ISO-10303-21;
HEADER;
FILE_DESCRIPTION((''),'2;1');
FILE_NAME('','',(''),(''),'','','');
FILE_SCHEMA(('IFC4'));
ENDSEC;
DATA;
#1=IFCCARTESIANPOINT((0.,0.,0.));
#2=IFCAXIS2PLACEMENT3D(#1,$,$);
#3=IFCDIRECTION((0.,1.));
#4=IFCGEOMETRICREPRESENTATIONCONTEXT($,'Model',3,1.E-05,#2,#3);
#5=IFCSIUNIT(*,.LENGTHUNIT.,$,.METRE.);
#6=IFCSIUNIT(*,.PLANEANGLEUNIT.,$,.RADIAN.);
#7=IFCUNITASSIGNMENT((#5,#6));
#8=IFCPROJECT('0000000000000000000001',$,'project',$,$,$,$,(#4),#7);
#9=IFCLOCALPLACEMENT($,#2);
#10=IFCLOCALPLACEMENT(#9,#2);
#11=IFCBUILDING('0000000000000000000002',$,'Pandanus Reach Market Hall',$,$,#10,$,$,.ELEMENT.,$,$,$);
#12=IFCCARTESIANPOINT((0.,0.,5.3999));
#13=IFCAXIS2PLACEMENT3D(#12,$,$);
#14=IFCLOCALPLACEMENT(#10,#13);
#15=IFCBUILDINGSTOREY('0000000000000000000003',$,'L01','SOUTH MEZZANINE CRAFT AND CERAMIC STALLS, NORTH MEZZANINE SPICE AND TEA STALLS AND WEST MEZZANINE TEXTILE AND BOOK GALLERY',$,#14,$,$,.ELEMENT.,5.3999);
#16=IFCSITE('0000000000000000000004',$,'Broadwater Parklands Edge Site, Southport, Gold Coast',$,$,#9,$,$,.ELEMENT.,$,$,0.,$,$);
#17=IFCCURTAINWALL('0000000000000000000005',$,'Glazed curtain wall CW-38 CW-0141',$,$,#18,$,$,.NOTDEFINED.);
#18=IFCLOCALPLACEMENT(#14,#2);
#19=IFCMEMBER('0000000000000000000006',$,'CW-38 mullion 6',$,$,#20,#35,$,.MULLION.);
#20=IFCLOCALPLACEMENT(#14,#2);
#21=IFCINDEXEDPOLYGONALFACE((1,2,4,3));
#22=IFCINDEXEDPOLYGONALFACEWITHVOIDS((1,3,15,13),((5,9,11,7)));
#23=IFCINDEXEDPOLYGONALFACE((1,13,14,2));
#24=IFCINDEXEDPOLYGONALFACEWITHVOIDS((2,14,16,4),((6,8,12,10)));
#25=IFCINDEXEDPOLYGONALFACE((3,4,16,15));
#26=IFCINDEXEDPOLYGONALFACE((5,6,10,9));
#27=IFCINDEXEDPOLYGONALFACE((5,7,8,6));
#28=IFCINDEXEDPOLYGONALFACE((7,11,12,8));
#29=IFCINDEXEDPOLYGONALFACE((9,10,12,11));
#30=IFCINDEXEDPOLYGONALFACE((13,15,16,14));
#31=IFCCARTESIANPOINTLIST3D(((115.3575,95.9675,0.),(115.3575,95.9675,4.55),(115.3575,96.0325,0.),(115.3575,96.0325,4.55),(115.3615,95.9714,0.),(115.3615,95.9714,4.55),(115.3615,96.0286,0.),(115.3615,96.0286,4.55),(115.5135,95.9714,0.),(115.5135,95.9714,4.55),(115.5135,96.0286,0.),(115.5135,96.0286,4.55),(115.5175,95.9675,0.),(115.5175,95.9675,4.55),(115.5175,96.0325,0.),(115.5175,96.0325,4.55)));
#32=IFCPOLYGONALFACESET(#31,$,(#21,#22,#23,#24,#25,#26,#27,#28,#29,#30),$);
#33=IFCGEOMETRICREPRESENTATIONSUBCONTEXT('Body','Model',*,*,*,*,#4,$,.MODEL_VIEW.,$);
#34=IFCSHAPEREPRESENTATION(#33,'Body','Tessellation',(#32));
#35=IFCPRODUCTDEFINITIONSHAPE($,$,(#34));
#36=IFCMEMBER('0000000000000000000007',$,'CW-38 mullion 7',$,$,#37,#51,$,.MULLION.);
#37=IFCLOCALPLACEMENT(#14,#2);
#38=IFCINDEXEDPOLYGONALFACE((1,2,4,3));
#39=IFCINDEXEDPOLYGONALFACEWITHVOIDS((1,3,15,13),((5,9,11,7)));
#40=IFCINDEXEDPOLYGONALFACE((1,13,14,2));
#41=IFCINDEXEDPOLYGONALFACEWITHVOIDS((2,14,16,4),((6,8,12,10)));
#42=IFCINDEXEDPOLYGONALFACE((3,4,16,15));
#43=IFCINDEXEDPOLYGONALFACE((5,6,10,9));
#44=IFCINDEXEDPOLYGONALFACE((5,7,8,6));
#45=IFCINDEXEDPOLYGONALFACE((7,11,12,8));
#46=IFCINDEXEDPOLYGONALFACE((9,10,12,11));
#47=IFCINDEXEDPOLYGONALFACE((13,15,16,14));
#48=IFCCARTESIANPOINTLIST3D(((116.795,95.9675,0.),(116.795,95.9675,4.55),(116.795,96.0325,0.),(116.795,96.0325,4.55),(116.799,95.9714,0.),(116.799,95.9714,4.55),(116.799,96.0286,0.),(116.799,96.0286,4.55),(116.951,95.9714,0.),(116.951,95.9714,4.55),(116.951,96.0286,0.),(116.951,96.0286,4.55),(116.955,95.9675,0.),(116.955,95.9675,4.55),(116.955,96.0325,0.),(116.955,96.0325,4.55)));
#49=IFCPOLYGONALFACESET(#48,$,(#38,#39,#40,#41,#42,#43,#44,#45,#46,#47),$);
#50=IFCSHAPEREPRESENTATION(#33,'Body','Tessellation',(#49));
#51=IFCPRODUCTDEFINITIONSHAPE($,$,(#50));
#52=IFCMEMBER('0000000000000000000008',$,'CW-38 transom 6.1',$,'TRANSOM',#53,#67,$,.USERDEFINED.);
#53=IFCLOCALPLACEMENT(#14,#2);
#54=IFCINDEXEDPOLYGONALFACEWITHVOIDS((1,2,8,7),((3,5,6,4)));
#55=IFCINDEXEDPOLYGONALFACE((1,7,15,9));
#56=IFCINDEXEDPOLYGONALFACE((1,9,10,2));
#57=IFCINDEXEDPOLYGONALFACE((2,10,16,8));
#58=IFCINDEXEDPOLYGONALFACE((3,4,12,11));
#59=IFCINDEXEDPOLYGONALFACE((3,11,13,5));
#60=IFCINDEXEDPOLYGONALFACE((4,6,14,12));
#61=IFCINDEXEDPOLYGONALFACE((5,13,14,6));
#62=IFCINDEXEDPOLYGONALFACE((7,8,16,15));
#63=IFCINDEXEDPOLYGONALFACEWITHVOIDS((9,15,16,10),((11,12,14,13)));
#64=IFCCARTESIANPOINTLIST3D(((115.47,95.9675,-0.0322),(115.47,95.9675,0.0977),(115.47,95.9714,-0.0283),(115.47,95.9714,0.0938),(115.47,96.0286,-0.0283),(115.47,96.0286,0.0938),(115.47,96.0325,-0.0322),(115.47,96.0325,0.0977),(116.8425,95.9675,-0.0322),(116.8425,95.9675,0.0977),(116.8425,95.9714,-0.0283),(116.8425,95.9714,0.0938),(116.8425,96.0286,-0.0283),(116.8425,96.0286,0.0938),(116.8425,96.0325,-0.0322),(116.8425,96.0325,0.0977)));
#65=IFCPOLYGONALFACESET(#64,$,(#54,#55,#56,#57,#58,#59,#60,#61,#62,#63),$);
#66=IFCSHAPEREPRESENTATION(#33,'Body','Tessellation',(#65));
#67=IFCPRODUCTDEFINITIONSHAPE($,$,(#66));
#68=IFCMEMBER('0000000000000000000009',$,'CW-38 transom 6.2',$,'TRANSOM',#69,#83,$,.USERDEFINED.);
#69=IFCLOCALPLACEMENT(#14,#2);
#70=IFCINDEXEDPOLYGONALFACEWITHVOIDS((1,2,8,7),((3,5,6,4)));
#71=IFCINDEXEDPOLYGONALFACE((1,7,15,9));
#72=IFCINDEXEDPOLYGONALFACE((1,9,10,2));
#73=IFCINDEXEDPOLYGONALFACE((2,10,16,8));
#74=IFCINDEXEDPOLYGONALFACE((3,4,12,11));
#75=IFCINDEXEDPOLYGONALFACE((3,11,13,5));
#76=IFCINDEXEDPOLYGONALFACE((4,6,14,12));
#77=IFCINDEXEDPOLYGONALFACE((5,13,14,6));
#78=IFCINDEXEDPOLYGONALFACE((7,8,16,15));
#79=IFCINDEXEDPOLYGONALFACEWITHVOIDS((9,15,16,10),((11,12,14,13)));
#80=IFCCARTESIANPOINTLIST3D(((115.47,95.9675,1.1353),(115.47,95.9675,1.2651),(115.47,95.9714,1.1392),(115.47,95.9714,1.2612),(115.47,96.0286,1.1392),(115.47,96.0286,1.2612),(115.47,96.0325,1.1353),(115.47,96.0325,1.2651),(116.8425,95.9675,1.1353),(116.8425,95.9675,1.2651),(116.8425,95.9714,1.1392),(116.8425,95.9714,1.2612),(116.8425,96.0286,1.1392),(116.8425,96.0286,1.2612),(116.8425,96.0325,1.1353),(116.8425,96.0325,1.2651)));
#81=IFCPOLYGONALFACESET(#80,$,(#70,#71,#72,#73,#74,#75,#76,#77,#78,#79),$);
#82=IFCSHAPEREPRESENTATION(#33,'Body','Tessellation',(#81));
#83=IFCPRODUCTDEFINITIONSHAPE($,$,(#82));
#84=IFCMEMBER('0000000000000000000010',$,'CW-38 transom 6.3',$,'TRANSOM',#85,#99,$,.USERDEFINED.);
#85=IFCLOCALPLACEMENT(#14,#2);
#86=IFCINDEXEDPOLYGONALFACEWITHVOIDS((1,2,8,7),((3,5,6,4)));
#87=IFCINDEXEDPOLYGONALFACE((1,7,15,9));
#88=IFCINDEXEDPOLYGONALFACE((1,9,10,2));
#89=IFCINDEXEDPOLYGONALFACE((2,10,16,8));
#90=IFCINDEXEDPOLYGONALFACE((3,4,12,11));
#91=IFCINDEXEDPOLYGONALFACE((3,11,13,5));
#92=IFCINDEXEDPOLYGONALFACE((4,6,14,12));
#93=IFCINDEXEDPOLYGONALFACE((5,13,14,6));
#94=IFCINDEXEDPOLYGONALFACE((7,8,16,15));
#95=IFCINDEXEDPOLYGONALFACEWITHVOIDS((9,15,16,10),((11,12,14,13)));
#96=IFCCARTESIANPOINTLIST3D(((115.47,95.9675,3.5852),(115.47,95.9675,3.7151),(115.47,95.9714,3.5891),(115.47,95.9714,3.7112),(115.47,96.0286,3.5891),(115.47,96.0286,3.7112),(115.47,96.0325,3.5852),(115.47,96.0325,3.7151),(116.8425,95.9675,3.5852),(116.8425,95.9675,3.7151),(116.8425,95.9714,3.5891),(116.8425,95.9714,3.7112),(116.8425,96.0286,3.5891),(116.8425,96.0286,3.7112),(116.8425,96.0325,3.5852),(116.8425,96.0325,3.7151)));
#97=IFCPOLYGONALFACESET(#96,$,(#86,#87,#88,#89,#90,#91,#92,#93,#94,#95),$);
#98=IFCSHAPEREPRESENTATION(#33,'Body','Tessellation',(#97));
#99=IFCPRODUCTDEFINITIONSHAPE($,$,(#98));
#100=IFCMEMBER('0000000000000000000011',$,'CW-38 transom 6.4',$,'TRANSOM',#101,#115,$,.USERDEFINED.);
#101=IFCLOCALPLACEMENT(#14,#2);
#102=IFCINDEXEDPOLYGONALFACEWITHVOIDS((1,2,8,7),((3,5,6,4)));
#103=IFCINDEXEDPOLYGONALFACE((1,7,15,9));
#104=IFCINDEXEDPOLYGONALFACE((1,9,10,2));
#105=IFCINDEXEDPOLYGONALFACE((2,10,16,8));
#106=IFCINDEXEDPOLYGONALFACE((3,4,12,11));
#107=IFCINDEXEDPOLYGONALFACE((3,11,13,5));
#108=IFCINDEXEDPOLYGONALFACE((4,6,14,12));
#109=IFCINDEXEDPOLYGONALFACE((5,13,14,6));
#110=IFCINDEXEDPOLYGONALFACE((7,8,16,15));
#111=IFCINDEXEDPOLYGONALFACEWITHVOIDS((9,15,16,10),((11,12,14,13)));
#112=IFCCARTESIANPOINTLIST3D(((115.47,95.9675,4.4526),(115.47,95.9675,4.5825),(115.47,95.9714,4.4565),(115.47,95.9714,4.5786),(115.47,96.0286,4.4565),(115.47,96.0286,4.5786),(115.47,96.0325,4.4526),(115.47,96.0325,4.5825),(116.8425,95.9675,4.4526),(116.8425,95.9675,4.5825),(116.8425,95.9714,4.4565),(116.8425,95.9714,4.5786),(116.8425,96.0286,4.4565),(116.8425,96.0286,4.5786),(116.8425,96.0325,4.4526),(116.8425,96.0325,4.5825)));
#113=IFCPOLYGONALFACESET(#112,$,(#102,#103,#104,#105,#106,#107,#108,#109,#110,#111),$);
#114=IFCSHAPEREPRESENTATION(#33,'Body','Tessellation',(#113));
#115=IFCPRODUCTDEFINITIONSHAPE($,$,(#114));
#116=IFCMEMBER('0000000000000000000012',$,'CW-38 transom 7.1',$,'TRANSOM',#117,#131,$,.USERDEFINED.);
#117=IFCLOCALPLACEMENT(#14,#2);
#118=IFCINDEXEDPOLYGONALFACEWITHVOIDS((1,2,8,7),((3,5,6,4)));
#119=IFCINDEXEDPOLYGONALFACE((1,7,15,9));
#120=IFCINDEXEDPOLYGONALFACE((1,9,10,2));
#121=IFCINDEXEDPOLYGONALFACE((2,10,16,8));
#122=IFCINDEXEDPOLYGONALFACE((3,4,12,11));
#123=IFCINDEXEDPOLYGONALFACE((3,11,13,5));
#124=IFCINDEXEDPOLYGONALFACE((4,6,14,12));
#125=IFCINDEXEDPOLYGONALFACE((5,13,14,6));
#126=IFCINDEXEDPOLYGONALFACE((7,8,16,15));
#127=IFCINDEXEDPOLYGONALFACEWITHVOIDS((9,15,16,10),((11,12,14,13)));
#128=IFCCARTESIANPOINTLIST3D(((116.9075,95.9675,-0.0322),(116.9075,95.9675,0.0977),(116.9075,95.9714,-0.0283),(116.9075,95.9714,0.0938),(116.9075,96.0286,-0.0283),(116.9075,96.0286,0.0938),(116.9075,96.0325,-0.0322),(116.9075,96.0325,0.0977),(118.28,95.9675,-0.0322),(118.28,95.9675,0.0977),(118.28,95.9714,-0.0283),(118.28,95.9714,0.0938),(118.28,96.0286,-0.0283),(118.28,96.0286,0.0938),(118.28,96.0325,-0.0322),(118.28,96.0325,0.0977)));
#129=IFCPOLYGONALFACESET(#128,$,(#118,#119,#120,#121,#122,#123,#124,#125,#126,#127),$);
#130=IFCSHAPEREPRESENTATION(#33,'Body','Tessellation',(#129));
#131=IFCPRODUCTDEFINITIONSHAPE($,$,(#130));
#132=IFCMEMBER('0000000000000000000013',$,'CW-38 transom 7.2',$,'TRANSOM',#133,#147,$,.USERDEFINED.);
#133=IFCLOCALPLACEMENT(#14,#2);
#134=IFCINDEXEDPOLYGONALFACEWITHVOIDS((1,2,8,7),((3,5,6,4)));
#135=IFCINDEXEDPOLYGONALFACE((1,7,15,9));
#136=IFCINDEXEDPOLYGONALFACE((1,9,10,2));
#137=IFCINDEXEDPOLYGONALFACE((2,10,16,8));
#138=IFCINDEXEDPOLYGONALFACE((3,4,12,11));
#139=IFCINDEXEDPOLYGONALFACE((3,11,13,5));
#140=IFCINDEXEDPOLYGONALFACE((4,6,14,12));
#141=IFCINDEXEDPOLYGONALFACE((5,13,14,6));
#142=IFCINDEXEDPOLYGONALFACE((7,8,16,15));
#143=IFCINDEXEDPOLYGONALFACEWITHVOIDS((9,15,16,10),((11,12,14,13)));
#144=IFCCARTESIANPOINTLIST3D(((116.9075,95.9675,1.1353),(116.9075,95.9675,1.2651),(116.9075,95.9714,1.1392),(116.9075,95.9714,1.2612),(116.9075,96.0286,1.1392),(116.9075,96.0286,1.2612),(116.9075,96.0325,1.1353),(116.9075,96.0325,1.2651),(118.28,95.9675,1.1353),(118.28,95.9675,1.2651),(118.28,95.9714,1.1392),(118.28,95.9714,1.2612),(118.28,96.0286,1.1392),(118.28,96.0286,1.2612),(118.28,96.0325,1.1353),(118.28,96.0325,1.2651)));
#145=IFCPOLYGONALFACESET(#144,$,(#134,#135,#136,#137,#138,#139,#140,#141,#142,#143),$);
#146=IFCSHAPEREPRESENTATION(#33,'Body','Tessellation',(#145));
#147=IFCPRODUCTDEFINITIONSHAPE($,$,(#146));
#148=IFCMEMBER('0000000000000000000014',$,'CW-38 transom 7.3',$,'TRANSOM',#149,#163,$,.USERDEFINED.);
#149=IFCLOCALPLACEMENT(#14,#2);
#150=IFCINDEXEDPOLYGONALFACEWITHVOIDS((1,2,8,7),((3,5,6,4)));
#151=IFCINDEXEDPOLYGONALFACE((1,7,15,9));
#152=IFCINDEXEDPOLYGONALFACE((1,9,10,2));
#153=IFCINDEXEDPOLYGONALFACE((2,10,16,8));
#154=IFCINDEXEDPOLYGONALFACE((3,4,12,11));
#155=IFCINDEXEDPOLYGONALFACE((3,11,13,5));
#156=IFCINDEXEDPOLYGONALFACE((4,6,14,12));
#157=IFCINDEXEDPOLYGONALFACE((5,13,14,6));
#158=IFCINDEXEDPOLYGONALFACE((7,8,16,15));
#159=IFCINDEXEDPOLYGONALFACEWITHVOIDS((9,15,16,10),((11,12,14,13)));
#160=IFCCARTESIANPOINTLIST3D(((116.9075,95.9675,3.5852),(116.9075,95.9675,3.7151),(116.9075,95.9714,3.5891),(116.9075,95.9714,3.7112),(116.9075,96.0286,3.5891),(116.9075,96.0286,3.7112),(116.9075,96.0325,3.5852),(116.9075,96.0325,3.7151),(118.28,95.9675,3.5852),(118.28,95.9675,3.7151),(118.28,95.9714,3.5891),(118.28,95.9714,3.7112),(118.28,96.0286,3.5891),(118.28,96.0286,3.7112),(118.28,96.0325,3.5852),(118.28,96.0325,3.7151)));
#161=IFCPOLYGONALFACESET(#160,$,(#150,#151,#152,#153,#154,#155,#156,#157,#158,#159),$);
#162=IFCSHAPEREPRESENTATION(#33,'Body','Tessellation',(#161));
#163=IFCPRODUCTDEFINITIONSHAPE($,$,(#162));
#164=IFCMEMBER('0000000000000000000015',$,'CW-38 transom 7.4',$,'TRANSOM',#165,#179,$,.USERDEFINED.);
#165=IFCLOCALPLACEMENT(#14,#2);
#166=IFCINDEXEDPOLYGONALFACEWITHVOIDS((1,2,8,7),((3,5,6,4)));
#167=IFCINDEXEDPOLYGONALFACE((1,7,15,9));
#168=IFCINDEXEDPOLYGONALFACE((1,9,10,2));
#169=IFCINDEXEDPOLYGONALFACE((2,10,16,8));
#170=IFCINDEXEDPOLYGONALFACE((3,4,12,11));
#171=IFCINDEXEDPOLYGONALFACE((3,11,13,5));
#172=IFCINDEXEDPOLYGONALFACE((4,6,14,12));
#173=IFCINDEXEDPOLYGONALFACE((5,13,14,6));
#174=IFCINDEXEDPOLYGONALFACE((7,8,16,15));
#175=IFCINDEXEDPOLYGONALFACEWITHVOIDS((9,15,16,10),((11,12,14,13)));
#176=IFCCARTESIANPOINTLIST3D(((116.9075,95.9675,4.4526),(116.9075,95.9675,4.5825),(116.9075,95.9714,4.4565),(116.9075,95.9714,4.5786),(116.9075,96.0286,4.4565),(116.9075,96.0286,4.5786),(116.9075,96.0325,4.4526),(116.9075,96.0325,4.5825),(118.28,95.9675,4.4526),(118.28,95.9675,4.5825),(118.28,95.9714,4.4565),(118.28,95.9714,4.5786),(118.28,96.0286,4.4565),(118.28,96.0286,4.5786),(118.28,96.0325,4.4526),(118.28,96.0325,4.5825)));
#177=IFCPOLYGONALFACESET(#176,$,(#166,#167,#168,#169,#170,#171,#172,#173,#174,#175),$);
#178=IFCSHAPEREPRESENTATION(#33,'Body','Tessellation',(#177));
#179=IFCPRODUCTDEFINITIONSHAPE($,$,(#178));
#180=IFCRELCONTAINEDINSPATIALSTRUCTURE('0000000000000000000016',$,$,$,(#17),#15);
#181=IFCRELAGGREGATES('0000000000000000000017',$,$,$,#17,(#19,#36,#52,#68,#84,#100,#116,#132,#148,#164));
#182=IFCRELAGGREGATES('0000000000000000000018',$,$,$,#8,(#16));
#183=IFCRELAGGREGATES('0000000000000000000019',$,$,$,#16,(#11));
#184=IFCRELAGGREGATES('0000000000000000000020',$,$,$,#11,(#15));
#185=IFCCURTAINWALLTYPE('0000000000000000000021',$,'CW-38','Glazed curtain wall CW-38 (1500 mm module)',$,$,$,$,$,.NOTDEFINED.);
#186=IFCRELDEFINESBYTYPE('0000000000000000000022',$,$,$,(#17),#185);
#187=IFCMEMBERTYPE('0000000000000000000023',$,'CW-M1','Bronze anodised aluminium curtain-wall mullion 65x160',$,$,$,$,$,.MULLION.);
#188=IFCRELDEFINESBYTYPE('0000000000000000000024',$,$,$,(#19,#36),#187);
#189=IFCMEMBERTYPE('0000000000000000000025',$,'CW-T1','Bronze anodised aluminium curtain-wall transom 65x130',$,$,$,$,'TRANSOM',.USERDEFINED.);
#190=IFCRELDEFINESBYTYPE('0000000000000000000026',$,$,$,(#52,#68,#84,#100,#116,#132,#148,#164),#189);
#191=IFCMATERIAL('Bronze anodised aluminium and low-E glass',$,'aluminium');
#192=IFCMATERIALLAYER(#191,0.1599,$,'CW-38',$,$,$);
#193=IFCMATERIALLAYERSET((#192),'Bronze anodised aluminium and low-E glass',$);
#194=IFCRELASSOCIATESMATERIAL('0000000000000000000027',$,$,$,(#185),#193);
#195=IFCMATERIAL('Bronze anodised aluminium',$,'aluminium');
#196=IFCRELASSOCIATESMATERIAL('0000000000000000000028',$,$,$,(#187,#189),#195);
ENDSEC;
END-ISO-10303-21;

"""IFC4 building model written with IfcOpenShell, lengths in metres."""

from ifc_helpers import new_model, si_unit, direction, frame, origin, origin_2d, place, context, subcontext, project, spatial, hollow_rectangle, extrude, material, layer, layer_set, material_profile, profile_set, type_object, element, aggregate, save


model = new_model("IFC4")

# Units and contexts
model_context = context("Model", 3, precision=1e-05, world=origin(), true_north=direction((0.0, 1.0)))
body_context = subcontext(model_context, "Body", "Model", "MODEL_VIEW")
ifc_project = project(units=[si_unit("LENGTHUNIT", "METRE"), si_unit("PLANEANGLEUNIT", "RADIAN")], contexts=[model_context])

# Site, building, storey
site_placement = place(None, origin())
site = spatial("IfcSite", under=ifc_project, at=site_placement, Name="Broadwater Parklands Edge Site, Southport, Gold Coast", CompositionType="ELEMENT", RefElevation=0.0)
building_placement = place(site_placement, origin())
building = spatial("IfcBuilding", under=site, at=building_placement, Name="Pandanus Reach Market Hall", CompositionType="ELEMENT")
storey_placement = place(building_placement, frame((0.0, 0.0, 5.3999)))
storey = spatial("IfcBuildingStorey", under=building, at=storey_placement, Name="L01", Description="SOUTH MEZZANINE CRAFT AND CERAMIC STALLS, NORTH MEZZANINE SPICE AND TEA STALLS AND WEST MEZZANINE TEXTILE AND BOOK GALLERY", CompositionType="ELEMENT", Elevation=5.3999)

# Curtain wall, members
ifc_material_1 = material(Name="Bronze anodised aluminium and low-E glass", Category="aluminium")
ifc_layer_1 = layer(ifc_material_1, 0.1599, Name="CW-38")
ifc_layer_set_1 = layer_set([ifc_layer_1], Name="Bronze anodised aluminium and low-E glass")
curtain_wall_type_1 = type_object("IfcCurtainWallType", Name="CW-38", Description="Glazed curtain wall CW-38 (1500 mm module)", PredefinedType="NOTDEFINED", material=ifc_layer_set_1)
curtain_wall_1_placement = place(storey_placement, origin())
curtain_wall_1 = element("IfcCurtainWall", 1, at=curtain_wall_1_placement, inside=storey, type_object=curtain_wall_type_1, Name="Glazed curtain wall CW-38 CW-0141", PredefinedType="NOTDEFINED")
ifc_material_2 = material(Name="Bronze anodised aluminium", Category="aluminium")
ifc_material_profile_1 = material_profile(ifc_material_2, hollow_rectangle(XDim=0.0649, YDim=0.1599, WallThickness=0.0039, at=origin_2d()), Name="ALU65x160", Category="LoadBearing")
ifc_profile_set_1 = profile_set([ifc_material_profile_1], Name="Bronze anodised aluminium")
member_type_1 = type_object("IfcMemberType", Name="CW-M1", Description="Bronze anodised aluminium curtain-wall mullion 65x160", PredefinedType="MULLION", material=ifc_profile_set_1)
member_1_placement = place(storey_placement, frame((115.4375, 96.0, 0.0), z_axis=(0.0, 0.0, 1.0), x_axis=(0.0, 1.0, 0.0)))
member_1 = element("IfcMember", 2, at=member_1_placement, type_object=member_type_1, Name="CW-38 mullion 6", PredefinedType="MULLION", context=body_context, shape_type="SweptSolid", body=[
    extrude(hollow_rectangle(XDim=0.0649, YDim=0.1599, WallThickness=0.0039, at=origin_2d()), origin(), (0.0, 0.0, 1.0), 4.55),
])
member_2_placement = place(storey_placement, frame((116.875, 96.0, 0.0), z_axis=(0.0, 0.0, 1.0), x_axis=(0.0, 1.0, 0.0)))
member_2 = element("IfcMember", 3, at=member_2_placement, type_object=member_type_1, Name="CW-38 mullion 7", PredefinedType="MULLION", context=body_context, shape_type="SweptSolid", body=[
    extrude(hollow_rectangle(XDim=0.0649, YDim=0.1599, WallThickness=0.0039, at=origin_2d()), origin(), (0.0, 0.0, 1.0), 4.55),
])
ifc_material_profile_2 = material_profile(ifc_material_2, hollow_rectangle(XDim=0.0649, YDim=0.1299, WallThickness=0.0039, at=origin_2d()), Name="ALU65x130", Category="LoadBearing")
ifc_profile_set_2 = profile_set([ifc_material_profile_2], Name="Bronze anodised aluminium")
member_type_2 = type_object("IfcMemberType", Name="CW-T1", Description="Bronze anodised aluminium curtain-wall transom 65x130", ElementType="TRANSOM", PredefinedType="USERDEFINED", material=ifc_profile_set_2)
member_3_placement = place(storey_placement, frame((115.47, 96.0, 0.0327), z_axis=(1.0, 0.0, 0.0), x_axis=(0.0, 1.0, 0.0)))
member_3 = element("IfcMember", 4, at=member_3_placement, type_object=member_type_2, Name="CW-38 transom 6.1", ObjectType="TRANSOM", PredefinedType="USERDEFINED", context=body_context, shape_type="SweptSolid", body=[
    extrude(hollow_rectangle(XDim=0.0649, YDim=0.1299, WallThickness=0.0039, at=origin_2d()), origin(), (0.0, 0.0, 1.0), 1.3726),
])
member_4_placement = place(storey_placement, frame((115.47, 96.0, 1.2002), z_axis=(1.0, 0.0, 0.0), x_axis=(0.0, 1.0, 0.0)))
member_4 = element("IfcMember", 5, at=member_4_placement, type_object=member_type_2, Name="CW-38 transom 6.2", ObjectType="TRANSOM", PredefinedType="USERDEFINED", context=body_context, shape_type="SweptSolid", body=[
    extrude(hollow_rectangle(XDim=0.0649, YDim=0.1299, WallThickness=0.0039, at=origin_2d()), origin(), (0.0, 0.0, 1.0), 1.3726),
])
member_5_placement = place(storey_placement, frame((115.47, 96.0, 3.6501), z_axis=(1.0, 0.0, 0.0), x_axis=(0.0, 1.0, 0.0)))
member_5 = element("IfcMember", 6, at=member_5_placement, type_object=member_type_2, Name="CW-38 transom 6.3", ObjectType="TRANSOM", PredefinedType="USERDEFINED", context=body_context, shape_type="SweptSolid", body=[
    extrude(hollow_rectangle(XDim=0.0649, YDim=0.1299, WallThickness=0.0039, at=origin_2d()), origin(), (0.0, 0.0, 1.0), 1.3726),
])
member_6_placement = place(storey_placement, frame((115.47, 96.0, 4.5176), z_axis=(1.0, 0.0, 0.0), x_axis=(0.0, 1.0, 0.0)))
member_6 = element("IfcMember", 7, at=member_6_placement, type_object=member_type_2, Name="CW-38 transom 6.4", ObjectType="TRANSOM", PredefinedType="USERDEFINED", context=body_context, shape_type="SweptSolid", body=[
    extrude(hollow_rectangle(XDim=0.0649, YDim=0.1299, WallThickness=0.0039, at=origin_2d()), origin(), (0.0, 0.0, 1.0), 1.3726),
])
member_7_placement = place(storey_placement, frame((116.9075, 96.0, 0.0327), z_axis=(1.0, 0.0, 0.0), x_axis=(0.0, 1.0, 0.0)))
member_7 = element("IfcMember", 8, at=member_7_placement, type_object=member_type_2, Name="CW-38 transom 7.1", ObjectType="TRANSOM", PredefinedType="USERDEFINED", context=body_context, shape_type="SweptSolid", body=[
    extrude(hollow_rectangle(XDim=0.0649, YDim=0.1299, WallThickness=0.0039, at=origin_2d()), origin(), (0.0, 0.0, 1.0), 1.3726),
])
member_8_placement = place(storey_placement, frame((116.9075, 96.0, 1.2002), z_axis=(1.0, 0.0, 0.0), x_axis=(0.0, 1.0, 0.0)))
member_8 = element("IfcMember", 9, at=member_8_placement, type_object=member_type_2, Name="CW-38 transom 7.2", ObjectType="TRANSOM", PredefinedType="USERDEFINED", context=body_context, shape_type="SweptSolid", body=[
    extrude(hollow_rectangle(XDim=0.0649, YDim=0.1299, WallThickness=0.0039, at=origin_2d()), origin(), (0.0, 0.0, 1.0), 1.3726),
])
member_9_placement = place(storey_placement, frame((116.9075, 96.0, 3.6501), z_axis=(1.0, 0.0, 0.0), x_axis=(0.0, 1.0, 0.0)))
member_9 = element("IfcMember", 10, at=member_9_placement, type_object=member_type_2, Name="CW-38 transom 7.3", ObjectType="TRANSOM", PredefinedType="USERDEFINED", context=body_context, shape_type="SweptSolid", body=[
    extrude(hollow_rectangle(XDim=0.0649, YDim=0.1299, WallThickness=0.0039, at=origin_2d()), origin(), (0.0, 0.0, 1.0), 1.3726),
])
member_10_placement = place(storey_placement, frame((116.9075, 96.0, 4.5176), z_axis=(1.0, 0.0, 0.0), x_axis=(0.0, 1.0, 0.0)))
member_10 = element("IfcMember", 11, at=member_10_placement, type_object=member_type_2, Name="CW-38 transom 7.4", ObjectType="TRANSOM", PredefinedType="USERDEFINED", context=body_context, shape_type="SweptSolid", body=[
    extrude(hollow_rectangle(XDim=0.0649, YDim=0.1299, WallThickness=0.0039, at=origin_2d()), origin(), (0.0, 0.0, 1.0), 1.3726),
])

aggregate(curtain_wall_1, [member_1, member_2, member_3, member_4, member_5, member_6, member_7, member_8, member_9, member_10])

save(model, "model.ifc")
